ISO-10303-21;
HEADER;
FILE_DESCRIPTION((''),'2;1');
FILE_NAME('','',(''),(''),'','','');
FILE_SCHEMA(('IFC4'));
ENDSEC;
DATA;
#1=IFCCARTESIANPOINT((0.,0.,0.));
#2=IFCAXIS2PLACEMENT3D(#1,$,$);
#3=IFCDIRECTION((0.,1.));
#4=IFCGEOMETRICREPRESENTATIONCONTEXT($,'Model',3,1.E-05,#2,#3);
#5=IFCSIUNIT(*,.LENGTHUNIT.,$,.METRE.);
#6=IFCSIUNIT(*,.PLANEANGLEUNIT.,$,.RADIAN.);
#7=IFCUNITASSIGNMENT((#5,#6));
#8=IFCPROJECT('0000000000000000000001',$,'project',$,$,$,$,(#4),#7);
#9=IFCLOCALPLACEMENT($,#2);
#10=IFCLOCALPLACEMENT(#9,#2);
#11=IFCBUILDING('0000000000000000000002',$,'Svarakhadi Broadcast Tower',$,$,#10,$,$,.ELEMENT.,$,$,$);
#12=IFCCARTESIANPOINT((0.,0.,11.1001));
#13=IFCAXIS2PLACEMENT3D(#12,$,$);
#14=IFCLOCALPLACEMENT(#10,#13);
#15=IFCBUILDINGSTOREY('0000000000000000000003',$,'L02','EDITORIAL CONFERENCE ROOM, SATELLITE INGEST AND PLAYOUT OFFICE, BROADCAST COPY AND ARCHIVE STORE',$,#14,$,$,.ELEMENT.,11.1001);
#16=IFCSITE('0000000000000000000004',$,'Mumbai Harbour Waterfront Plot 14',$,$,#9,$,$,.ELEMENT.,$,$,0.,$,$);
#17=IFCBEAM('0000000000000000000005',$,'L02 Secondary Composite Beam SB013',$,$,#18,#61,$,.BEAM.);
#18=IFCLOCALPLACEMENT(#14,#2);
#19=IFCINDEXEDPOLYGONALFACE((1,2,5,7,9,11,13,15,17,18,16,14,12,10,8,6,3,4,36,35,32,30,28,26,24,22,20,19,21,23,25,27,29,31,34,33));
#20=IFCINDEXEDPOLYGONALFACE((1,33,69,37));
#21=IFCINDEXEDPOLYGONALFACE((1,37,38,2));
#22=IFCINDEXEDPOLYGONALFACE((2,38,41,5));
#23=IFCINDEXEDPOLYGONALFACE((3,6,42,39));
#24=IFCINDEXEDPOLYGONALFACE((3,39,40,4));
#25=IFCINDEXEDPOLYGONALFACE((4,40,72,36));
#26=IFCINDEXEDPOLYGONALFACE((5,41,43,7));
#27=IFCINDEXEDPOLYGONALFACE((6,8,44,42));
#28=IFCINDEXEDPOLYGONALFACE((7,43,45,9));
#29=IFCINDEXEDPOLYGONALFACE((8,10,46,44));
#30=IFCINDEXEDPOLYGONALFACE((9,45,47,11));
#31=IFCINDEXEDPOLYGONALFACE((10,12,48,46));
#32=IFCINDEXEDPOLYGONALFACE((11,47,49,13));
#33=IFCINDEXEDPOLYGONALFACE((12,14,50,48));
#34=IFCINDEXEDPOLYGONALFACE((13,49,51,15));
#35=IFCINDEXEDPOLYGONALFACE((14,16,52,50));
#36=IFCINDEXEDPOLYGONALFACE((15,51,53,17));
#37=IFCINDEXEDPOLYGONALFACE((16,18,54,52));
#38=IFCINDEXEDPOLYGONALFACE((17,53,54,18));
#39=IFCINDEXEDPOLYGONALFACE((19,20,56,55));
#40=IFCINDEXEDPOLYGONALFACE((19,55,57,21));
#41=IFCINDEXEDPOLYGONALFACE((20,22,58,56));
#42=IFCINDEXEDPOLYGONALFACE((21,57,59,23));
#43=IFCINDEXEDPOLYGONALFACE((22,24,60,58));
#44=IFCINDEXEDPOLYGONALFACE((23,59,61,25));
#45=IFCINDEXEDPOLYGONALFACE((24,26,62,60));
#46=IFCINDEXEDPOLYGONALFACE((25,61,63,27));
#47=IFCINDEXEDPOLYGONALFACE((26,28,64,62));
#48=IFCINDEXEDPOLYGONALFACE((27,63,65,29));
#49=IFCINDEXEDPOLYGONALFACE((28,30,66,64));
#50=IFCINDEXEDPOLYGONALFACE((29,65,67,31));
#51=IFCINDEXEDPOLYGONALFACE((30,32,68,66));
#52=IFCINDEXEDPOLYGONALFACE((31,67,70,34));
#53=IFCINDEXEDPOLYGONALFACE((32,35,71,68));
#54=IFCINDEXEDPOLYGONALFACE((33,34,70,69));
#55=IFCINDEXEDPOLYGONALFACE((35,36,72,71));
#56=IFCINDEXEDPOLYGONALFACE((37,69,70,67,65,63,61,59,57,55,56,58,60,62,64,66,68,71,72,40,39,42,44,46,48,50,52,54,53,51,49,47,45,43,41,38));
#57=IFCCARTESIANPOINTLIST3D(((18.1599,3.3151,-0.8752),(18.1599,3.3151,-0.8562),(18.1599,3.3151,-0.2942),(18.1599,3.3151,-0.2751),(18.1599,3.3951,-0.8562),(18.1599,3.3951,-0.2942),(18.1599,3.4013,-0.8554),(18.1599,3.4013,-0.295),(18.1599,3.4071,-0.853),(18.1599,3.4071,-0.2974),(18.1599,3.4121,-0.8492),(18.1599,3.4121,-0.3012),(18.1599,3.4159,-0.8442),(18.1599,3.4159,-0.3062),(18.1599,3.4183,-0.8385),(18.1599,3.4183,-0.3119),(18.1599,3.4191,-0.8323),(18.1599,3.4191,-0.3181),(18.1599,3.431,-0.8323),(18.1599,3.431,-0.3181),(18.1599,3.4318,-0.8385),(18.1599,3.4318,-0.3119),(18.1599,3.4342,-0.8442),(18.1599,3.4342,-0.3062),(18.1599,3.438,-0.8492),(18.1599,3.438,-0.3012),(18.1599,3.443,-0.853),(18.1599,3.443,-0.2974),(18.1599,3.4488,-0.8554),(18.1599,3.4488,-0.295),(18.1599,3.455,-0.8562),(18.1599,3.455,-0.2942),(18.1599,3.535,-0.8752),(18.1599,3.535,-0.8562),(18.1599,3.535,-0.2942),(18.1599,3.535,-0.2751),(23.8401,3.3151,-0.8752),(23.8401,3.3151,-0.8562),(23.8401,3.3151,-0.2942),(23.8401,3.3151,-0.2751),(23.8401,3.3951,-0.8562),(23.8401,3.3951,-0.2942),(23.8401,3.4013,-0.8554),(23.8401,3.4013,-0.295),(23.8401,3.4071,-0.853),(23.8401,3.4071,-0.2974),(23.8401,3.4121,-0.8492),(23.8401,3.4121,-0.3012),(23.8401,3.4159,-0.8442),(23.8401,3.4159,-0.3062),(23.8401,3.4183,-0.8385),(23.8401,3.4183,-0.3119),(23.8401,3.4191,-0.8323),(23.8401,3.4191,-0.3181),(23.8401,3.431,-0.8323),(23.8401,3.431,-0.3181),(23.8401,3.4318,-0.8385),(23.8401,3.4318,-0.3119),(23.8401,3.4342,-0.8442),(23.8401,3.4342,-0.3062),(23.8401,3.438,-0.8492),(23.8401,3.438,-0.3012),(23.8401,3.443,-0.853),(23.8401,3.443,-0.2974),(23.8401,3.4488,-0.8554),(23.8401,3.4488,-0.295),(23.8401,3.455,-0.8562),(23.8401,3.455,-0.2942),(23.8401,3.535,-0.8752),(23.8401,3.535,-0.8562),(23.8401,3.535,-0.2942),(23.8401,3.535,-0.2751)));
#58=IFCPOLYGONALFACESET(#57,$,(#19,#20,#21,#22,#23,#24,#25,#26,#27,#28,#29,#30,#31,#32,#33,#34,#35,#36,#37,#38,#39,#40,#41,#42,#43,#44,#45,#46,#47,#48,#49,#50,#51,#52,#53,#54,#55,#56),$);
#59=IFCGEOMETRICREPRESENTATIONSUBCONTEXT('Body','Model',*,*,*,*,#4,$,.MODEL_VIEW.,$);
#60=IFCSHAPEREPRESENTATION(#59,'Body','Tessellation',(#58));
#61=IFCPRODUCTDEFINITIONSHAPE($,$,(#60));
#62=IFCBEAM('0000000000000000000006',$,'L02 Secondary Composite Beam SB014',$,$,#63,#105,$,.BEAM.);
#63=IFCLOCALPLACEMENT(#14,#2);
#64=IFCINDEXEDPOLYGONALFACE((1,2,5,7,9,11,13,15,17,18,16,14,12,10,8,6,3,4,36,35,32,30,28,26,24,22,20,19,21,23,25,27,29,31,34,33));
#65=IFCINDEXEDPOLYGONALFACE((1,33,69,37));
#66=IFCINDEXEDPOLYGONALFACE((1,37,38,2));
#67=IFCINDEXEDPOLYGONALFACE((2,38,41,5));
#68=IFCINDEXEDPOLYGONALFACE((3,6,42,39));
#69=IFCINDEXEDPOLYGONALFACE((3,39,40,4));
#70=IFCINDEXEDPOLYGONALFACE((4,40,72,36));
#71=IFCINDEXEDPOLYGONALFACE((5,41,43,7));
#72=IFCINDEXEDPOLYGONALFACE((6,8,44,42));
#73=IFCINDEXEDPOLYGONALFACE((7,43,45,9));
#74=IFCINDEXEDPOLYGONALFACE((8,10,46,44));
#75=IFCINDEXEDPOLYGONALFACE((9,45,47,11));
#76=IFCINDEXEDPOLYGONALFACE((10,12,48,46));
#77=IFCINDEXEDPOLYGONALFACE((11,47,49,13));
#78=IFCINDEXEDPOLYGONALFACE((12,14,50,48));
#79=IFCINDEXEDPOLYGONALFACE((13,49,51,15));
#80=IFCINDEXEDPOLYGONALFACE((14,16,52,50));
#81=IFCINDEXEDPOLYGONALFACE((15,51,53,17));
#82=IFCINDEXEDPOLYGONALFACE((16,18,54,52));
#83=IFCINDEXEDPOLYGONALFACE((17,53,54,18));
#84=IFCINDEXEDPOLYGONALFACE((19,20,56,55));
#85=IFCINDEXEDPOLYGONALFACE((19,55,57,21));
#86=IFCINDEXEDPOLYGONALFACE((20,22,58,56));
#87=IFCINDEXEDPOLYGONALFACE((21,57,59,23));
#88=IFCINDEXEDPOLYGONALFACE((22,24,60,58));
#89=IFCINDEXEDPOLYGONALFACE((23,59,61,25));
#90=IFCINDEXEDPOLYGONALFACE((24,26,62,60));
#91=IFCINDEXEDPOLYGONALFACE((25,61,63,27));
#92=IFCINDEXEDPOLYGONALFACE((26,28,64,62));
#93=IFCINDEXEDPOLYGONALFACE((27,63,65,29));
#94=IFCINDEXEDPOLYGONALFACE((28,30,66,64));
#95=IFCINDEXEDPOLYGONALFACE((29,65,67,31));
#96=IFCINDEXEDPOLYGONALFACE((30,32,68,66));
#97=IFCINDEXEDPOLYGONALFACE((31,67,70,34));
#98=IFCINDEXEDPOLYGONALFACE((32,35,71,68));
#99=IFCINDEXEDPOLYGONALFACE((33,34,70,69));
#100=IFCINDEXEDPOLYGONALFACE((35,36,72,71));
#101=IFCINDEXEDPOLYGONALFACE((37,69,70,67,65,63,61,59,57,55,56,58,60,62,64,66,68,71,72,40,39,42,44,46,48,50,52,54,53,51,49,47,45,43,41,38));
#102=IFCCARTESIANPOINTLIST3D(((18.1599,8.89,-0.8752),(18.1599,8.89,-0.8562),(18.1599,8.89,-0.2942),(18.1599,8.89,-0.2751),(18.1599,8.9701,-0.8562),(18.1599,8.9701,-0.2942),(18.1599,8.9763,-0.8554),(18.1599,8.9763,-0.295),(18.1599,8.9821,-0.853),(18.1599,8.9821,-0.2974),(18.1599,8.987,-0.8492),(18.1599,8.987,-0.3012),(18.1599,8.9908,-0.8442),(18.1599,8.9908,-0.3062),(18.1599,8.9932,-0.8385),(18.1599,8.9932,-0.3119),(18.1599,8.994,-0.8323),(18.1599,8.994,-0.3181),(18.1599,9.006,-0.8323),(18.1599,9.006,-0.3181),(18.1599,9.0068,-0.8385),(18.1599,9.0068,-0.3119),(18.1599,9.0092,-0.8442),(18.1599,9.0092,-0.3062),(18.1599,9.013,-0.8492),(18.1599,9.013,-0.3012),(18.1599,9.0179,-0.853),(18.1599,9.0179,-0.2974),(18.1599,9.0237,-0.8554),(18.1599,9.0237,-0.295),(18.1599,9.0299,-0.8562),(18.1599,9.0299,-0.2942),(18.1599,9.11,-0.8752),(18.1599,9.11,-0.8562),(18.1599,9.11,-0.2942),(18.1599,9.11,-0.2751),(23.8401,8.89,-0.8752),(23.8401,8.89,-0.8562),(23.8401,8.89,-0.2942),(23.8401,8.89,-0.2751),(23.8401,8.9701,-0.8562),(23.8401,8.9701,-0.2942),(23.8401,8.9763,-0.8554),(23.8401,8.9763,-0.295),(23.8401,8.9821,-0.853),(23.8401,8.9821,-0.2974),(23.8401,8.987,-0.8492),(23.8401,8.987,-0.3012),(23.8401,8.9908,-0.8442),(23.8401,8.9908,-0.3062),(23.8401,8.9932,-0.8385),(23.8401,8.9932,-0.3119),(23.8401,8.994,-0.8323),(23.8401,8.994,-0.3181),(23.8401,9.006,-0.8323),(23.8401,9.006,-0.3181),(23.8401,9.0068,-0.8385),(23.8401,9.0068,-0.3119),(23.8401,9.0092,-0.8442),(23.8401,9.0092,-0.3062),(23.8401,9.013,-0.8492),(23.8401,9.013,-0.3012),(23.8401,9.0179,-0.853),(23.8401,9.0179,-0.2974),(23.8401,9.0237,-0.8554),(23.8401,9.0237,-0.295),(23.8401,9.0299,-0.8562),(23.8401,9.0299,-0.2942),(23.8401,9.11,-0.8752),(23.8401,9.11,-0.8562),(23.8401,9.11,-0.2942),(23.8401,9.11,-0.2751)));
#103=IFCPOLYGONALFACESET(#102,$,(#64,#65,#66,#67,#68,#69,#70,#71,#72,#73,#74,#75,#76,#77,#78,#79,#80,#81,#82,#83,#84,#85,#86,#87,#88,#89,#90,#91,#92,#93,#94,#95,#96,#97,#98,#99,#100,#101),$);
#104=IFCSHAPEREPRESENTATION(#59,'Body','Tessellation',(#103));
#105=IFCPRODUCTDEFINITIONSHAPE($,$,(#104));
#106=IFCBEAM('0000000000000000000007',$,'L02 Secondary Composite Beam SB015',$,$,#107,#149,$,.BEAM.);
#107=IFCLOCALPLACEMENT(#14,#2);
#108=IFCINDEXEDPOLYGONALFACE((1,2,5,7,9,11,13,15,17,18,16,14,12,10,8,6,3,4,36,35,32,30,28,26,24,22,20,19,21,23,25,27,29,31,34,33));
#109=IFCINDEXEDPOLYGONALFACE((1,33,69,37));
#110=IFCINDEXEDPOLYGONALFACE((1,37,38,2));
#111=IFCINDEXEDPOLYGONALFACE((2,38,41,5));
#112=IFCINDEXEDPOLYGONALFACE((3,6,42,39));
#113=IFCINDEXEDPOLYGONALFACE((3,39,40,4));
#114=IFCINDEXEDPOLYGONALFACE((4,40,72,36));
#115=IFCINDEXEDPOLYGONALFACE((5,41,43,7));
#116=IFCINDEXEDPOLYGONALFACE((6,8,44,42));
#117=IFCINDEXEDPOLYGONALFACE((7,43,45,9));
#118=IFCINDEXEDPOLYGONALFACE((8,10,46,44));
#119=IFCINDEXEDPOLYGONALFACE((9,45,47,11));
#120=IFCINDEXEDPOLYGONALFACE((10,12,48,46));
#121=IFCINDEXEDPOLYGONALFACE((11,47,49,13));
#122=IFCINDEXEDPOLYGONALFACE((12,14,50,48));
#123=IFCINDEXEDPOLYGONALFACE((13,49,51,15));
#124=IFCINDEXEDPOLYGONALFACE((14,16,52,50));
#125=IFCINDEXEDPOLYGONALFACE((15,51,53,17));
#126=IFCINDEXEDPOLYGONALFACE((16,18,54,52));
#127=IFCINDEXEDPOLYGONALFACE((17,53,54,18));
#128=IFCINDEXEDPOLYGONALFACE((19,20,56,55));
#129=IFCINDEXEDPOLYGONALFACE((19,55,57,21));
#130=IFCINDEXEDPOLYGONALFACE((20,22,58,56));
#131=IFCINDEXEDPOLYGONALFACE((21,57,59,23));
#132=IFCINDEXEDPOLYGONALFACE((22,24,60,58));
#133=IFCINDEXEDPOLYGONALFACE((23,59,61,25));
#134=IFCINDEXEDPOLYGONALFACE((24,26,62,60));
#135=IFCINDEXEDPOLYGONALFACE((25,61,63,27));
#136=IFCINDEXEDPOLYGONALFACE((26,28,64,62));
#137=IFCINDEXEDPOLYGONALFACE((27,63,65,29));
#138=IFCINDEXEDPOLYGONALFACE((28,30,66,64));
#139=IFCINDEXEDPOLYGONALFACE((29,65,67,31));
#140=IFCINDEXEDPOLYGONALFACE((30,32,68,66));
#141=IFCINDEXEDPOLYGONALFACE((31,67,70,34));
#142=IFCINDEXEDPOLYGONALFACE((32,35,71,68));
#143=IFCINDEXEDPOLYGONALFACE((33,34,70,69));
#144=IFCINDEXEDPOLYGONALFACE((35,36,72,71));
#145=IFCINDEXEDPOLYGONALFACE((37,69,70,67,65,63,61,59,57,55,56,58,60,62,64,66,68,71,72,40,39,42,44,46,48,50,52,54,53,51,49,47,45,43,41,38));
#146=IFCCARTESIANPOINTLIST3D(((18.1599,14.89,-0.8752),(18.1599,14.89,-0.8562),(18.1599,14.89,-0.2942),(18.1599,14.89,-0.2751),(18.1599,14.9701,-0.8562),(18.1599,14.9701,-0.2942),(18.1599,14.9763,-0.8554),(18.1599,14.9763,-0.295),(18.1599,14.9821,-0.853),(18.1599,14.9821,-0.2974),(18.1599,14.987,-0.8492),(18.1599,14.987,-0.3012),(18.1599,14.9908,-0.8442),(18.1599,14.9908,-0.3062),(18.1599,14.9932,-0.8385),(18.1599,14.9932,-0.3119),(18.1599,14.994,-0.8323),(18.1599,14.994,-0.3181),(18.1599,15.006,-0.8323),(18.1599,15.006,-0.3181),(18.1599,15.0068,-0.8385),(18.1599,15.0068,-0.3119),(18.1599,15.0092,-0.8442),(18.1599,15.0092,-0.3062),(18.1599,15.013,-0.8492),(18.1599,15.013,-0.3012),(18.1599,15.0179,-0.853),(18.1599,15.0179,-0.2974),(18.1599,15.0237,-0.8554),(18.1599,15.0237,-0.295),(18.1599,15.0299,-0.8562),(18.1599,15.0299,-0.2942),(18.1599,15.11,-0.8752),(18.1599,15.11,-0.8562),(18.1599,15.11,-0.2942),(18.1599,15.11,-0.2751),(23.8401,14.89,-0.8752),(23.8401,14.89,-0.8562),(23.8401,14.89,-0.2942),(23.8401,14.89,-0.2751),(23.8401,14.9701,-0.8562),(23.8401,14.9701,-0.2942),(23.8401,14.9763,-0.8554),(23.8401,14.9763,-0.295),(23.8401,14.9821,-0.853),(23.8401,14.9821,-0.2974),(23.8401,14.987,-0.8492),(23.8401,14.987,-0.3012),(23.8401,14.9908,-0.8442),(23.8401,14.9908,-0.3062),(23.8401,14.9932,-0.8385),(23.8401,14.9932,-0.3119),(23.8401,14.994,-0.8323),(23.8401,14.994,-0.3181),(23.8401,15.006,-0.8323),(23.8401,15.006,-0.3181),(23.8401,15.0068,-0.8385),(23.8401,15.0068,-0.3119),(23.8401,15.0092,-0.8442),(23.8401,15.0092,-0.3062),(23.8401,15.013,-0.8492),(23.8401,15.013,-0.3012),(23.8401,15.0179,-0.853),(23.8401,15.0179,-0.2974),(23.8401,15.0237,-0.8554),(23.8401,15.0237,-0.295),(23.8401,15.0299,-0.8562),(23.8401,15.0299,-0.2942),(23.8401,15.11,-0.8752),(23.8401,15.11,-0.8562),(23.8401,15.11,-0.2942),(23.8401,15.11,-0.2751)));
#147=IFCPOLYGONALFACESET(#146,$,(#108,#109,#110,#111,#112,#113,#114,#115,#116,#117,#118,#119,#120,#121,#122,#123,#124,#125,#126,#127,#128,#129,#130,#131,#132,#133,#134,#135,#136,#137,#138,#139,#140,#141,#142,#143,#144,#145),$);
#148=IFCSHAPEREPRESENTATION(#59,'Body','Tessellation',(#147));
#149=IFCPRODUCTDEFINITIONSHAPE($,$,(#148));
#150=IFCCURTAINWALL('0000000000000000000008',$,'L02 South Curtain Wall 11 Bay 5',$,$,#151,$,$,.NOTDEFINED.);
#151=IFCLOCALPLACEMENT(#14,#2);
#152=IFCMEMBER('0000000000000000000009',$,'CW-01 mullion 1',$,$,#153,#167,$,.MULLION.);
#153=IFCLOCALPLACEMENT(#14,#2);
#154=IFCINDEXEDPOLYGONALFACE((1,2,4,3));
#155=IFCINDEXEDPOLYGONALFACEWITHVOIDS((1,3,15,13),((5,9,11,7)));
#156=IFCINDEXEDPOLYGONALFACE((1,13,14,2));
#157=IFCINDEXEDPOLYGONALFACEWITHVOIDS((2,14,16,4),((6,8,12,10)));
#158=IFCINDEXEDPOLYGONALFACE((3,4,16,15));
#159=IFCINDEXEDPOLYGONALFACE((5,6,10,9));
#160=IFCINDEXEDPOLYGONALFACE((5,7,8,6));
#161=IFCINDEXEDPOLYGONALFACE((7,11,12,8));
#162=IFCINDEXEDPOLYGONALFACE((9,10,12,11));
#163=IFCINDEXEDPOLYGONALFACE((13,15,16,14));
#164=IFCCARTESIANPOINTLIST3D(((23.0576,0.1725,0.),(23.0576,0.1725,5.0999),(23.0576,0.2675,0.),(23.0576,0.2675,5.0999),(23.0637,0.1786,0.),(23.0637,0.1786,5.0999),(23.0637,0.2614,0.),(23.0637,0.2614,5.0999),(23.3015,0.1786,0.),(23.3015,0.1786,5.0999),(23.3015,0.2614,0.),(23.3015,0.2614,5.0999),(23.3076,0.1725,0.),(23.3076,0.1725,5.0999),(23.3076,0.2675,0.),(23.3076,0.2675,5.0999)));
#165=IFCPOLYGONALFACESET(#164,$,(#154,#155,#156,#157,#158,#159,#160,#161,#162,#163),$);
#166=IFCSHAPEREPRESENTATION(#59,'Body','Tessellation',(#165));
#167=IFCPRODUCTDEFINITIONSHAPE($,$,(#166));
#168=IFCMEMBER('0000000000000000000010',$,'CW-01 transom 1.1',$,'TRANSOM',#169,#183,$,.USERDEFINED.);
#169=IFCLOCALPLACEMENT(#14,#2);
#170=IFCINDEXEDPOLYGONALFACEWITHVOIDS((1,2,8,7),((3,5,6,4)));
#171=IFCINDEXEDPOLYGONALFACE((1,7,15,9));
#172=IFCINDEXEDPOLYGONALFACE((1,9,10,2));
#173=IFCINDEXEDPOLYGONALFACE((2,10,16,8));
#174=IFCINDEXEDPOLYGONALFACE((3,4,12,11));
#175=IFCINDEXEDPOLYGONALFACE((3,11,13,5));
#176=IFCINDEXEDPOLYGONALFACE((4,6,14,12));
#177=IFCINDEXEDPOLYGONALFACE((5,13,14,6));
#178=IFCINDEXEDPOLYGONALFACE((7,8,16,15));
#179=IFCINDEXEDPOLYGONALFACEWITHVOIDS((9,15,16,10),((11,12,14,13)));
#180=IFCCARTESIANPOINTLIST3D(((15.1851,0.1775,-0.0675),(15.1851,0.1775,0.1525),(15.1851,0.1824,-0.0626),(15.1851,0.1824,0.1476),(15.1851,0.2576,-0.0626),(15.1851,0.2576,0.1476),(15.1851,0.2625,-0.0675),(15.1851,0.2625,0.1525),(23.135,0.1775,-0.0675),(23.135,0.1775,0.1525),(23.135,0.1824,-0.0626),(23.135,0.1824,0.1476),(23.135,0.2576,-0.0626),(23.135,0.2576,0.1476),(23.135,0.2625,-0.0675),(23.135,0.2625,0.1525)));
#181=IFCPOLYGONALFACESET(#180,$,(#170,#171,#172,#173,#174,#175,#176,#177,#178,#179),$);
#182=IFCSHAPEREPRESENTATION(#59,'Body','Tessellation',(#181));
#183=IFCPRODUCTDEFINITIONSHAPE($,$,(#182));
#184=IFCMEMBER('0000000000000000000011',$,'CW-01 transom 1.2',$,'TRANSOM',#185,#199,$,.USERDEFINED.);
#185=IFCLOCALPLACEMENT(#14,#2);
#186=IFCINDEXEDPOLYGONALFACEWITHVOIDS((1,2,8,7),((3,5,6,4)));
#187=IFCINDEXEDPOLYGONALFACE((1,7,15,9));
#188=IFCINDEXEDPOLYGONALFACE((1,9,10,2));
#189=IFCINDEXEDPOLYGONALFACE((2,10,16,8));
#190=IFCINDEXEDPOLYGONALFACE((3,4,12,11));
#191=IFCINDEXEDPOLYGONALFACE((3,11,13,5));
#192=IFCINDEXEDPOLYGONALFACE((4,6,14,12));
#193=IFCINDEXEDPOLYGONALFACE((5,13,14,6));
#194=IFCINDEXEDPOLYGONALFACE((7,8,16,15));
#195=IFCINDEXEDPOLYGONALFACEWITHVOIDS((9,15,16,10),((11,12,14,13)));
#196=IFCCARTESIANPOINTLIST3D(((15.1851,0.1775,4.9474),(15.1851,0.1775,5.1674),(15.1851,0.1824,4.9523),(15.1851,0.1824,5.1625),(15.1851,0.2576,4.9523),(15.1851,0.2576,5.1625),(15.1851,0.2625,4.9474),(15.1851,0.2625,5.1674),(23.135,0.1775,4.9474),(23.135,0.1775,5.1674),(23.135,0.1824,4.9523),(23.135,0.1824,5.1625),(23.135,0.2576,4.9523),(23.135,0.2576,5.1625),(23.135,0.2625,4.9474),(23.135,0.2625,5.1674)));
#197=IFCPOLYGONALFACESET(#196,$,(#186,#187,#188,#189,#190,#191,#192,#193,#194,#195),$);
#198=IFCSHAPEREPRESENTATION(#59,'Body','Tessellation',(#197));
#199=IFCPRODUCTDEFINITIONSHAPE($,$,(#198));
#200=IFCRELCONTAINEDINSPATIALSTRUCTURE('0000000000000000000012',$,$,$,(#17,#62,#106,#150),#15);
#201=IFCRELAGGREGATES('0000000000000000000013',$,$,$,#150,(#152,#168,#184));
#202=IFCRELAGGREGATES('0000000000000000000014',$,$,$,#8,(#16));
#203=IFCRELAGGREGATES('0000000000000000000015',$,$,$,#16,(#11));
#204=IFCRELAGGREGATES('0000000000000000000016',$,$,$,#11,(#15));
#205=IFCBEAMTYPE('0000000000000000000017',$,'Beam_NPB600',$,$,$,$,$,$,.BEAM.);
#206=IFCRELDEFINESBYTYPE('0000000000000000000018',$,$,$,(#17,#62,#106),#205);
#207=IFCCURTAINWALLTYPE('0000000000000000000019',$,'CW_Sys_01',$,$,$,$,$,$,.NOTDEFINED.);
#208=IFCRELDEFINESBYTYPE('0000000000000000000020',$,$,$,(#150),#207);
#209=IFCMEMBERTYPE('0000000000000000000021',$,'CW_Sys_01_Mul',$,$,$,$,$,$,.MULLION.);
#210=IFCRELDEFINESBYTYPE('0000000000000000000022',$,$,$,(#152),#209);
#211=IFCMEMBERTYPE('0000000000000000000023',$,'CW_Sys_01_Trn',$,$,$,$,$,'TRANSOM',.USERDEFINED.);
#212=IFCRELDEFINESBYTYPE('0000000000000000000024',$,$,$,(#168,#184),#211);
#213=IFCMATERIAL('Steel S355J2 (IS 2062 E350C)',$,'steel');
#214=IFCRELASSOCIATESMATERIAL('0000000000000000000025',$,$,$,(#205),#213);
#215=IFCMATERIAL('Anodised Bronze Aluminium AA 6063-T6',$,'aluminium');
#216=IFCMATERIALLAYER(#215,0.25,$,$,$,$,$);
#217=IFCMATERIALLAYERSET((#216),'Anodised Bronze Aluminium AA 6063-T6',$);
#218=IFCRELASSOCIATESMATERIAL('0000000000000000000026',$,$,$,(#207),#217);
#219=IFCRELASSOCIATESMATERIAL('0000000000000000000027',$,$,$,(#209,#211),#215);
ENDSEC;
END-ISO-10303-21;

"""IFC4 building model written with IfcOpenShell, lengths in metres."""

from ifc_helpers import new_model, si_unit, direction, frame, origin, origin_2d, place, context, subcontext, project, spatial, hollow_rectangle, i_section, extrude, material, layer, layer_set, material_profile, profile_set, type_object, element, aggregate, save


model = new_model("IFC4")

# Units and contexts
model_context = context("Model", 3, precision=1e-05, world=origin(), true_north=direction((0.0, 1.0)))
body_context = subcontext(model_context, "Body", "Model", "MODEL_VIEW")
ifc_project = project(units=[si_unit("LENGTHUNIT", "METRE"), si_unit("PLANEANGLEUNIT", "RADIAN")], contexts=[model_context])

# Site, building, storey
site_placement = place(None, origin())
site = spatial("IfcSite", under=ifc_project, at=site_placement, Name="Mumbai Harbour Waterfront Plot 14", CompositionType="ELEMENT", RefElevation=0.0)
building_placement = place(site_placement, origin())
building = spatial("IfcBuilding", under=site, at=building_placement, Name="Svarakhadi Broadcast Tower", CompositionType="ELEMENT")
storey_placement = place(building_placement, frame((0.0, 0.0, 11.1001)))
storey = spatial("IfcBuildingStorey", under=building, at=storey_placement, Name="L02", Description="EDITORIAL CONFERENCE ROOM, SATELLITE INGEST AND PLAYOUT OFFICE, BROADCAST COPY AND ARCHIVE STORE", CompositionType="ELEMENT", Elevation=11.1001)

# Beams
ifc_material_1 = material(Name="Steel S355J2 (IS 2062 E350C)", Category="steel")
ifc_material_profile_1 = material_profile(ifc_material_1, i_section(OverallWidth=0.22, OverallDepth=0.6001, WebThickness=0.012, FlangeThickness=0.019, FilletRadius=0.0239, at=origin_2d()), Name="NPB 600x220x122")
ifc_profile_set_1 = profile_set([ifc_material_profile_1], Name="Steel S355J2 (IS 2062 E350C)")
beam_type_1 = type_object("IfcBeamType", Name="Beam_NPB600", PredefinedType="BEAM", material=ifc_profile_set_1)
for number, where, z_axis, x_axis, name in (
    (1, (18.1599, 3.425, -0.5752), (1.0, 0.0, 0.0), (0.0, 1.0, 0.0), "L02 Secondary Composite Beam SB013"),
    (2, (18.1599, 9.0, -0.5752), (1.0, 0.0, 0.0), (0.0, 1.0, 0.0), "L02 Secondary Composite Beam SB014"),
    (3, (18.1599, 15.0, -0.5752), (1.0, 0.0, 0.0), (0.0, 1.0, 0.0), "L02 Secondary Composite Beam SB015"),
):
    element("IfcBeam", number, at=place(storey_placement, frame(where, z_axis=z_axis, x_axis=x_axis)), inside=storey, type_object=beam_type_1, Name=name, PredefinedType="BEAM", context=body_context, shape_type="SweptSolid", body=[
        extrude(i_section(OverallWidth=0.22, OverallDepth=0.6001, WebThickness=0.012, FlangeThickness=0.019, FilletRadius=0.0239, at=origin_2d()), origin(), (0.0, 0.0, 1.0), 5.6802),
    ])

# Curtain wall, members
ifc_material_2 = material(Name="Anodised Bronze Aluminium AA 6063-T6", Category="aluminium")
ifc_layer_1 = layer(ifc_material_2, 0.25)
ifc_layer_set_1 = layer_set([ifc_layer_1], Name="Anodised Bronze Aluminium AA 6063-T6")
curtain_wall_type = type_object("IfcCurtainWallType", Name="CW_Sys_01", PredefinedType="NOTDEFINED", material=ifc_layer_set_1)
curtain_wall_placement = place(storey_placement, origin())
curtain_wall = element("IfcCurtainWall", 4, at=curtain_wall_placement, inside=storey, type_object=curtain_wall_type, Name="L02 South Curtain Wall 11 Bay 5", PredefinedType="NOTDEFINED")
ifc_material_profile_2 = material_profile(ifc_material_2, hollow_rectangle(XDim=0.095, YDim=0.25, WallThickness=0.0061, at=origin_2d()), Name="ALU MULLION 250x95x6")
ifc_profile_set_2 = profile_set([ifc_material_profile_2], Name="Anodised Bronze Aluminium AA 6063-T6")
member_type_1 = type_object("IfcMemberType", Name="CW_Sys_01_Mul", PredefinedType="MULLION", material=ifc_profile_set_2)
member_1_placement = place(storey_placement, frame((23.1826, 0.22, 0.0), z_axis=(0.0, 0.0, 1.0), x_axis=(0.0, -1.0, 0.0)))
member_1 = element("IfcMember", 5, at=member_1_placement, type_object=member_type_1, Name="CW-01 mullion 1", PredefinedType="MULLION", context=body_context, shape_type="SweptSolid", body=[
    extrude(hollow_rectangle(XDim=0.095, YDim=0.25, WallThickness=0.0061, at=origin_2d()), origin(), (0.0, 0.0, 1.0), 5.0999),
])
ifc_material_profile_3 = material_profile(ifc_material_2, hollow_rectangle(XDim=0.085, YDim=0.22, WallThickness=0.0049, at=origin_2d()), Name="ALU TRANSOM 220x85x5")
ifc_profile_set_3 = profile_set([ifc_material_profile_3], Name="Anodised Bronze Aluminium AA 6063-T6")
member_type_2 = type_object("IfcMemberType", Name="CW_Sys_01_Trn", ElementType="TRANSOM", PredefinedType="USERDEFINED", material=ifc_profile_set_3)
member_2_placement = place(storey_placement, frame((23.135, 0.22, 0.0425), z_axis=(-1.0, 0.0, 0.0), x_axis=(0.0, -1.0, 0.0)))
member_2 = element("IfcMember", 6, at=member_2_placement, type_object=member_type_2, Name="CW-01 transom 1.1", ObjectType="TRANSOM", PredefinedType="USERDEFINED", context=body_context, shape_type="SweptSolid", body=[
    extrude(hollow_rectangle(XDim=0.085, YDim=0.22, WallThickness=0.0049, at=origin_2d()), origin(), (0.0, 0.0, 1.0), 7.95),
])
member_3_placement = place(storey_placement, frame((23.135, 0.22, 5.0574), z_axis=(-1.0, 0.0, 0.0), x_axis=(0.0, -1.0, 0.0)))
member_3 = element("IfcMember", 7, at=member_3_placement, type_object=member_type_2, Name="CW-01 transom 1.2", ObjectType="TRANSOM", PredefinedType="USERDEFINED", context=body_context, shape_type="SweptSolid", body=[
    extrude(hollow_rectangle(XDim=0.085, YDim=0.22, WallThickness=0.0049, at=origin_2d()), origin(), (0.0, 0.0, 1.0), 7.95),
])

aggregate(curtain_wall, [member_1, member_2, member_3])

save(model, "model.ifc")
